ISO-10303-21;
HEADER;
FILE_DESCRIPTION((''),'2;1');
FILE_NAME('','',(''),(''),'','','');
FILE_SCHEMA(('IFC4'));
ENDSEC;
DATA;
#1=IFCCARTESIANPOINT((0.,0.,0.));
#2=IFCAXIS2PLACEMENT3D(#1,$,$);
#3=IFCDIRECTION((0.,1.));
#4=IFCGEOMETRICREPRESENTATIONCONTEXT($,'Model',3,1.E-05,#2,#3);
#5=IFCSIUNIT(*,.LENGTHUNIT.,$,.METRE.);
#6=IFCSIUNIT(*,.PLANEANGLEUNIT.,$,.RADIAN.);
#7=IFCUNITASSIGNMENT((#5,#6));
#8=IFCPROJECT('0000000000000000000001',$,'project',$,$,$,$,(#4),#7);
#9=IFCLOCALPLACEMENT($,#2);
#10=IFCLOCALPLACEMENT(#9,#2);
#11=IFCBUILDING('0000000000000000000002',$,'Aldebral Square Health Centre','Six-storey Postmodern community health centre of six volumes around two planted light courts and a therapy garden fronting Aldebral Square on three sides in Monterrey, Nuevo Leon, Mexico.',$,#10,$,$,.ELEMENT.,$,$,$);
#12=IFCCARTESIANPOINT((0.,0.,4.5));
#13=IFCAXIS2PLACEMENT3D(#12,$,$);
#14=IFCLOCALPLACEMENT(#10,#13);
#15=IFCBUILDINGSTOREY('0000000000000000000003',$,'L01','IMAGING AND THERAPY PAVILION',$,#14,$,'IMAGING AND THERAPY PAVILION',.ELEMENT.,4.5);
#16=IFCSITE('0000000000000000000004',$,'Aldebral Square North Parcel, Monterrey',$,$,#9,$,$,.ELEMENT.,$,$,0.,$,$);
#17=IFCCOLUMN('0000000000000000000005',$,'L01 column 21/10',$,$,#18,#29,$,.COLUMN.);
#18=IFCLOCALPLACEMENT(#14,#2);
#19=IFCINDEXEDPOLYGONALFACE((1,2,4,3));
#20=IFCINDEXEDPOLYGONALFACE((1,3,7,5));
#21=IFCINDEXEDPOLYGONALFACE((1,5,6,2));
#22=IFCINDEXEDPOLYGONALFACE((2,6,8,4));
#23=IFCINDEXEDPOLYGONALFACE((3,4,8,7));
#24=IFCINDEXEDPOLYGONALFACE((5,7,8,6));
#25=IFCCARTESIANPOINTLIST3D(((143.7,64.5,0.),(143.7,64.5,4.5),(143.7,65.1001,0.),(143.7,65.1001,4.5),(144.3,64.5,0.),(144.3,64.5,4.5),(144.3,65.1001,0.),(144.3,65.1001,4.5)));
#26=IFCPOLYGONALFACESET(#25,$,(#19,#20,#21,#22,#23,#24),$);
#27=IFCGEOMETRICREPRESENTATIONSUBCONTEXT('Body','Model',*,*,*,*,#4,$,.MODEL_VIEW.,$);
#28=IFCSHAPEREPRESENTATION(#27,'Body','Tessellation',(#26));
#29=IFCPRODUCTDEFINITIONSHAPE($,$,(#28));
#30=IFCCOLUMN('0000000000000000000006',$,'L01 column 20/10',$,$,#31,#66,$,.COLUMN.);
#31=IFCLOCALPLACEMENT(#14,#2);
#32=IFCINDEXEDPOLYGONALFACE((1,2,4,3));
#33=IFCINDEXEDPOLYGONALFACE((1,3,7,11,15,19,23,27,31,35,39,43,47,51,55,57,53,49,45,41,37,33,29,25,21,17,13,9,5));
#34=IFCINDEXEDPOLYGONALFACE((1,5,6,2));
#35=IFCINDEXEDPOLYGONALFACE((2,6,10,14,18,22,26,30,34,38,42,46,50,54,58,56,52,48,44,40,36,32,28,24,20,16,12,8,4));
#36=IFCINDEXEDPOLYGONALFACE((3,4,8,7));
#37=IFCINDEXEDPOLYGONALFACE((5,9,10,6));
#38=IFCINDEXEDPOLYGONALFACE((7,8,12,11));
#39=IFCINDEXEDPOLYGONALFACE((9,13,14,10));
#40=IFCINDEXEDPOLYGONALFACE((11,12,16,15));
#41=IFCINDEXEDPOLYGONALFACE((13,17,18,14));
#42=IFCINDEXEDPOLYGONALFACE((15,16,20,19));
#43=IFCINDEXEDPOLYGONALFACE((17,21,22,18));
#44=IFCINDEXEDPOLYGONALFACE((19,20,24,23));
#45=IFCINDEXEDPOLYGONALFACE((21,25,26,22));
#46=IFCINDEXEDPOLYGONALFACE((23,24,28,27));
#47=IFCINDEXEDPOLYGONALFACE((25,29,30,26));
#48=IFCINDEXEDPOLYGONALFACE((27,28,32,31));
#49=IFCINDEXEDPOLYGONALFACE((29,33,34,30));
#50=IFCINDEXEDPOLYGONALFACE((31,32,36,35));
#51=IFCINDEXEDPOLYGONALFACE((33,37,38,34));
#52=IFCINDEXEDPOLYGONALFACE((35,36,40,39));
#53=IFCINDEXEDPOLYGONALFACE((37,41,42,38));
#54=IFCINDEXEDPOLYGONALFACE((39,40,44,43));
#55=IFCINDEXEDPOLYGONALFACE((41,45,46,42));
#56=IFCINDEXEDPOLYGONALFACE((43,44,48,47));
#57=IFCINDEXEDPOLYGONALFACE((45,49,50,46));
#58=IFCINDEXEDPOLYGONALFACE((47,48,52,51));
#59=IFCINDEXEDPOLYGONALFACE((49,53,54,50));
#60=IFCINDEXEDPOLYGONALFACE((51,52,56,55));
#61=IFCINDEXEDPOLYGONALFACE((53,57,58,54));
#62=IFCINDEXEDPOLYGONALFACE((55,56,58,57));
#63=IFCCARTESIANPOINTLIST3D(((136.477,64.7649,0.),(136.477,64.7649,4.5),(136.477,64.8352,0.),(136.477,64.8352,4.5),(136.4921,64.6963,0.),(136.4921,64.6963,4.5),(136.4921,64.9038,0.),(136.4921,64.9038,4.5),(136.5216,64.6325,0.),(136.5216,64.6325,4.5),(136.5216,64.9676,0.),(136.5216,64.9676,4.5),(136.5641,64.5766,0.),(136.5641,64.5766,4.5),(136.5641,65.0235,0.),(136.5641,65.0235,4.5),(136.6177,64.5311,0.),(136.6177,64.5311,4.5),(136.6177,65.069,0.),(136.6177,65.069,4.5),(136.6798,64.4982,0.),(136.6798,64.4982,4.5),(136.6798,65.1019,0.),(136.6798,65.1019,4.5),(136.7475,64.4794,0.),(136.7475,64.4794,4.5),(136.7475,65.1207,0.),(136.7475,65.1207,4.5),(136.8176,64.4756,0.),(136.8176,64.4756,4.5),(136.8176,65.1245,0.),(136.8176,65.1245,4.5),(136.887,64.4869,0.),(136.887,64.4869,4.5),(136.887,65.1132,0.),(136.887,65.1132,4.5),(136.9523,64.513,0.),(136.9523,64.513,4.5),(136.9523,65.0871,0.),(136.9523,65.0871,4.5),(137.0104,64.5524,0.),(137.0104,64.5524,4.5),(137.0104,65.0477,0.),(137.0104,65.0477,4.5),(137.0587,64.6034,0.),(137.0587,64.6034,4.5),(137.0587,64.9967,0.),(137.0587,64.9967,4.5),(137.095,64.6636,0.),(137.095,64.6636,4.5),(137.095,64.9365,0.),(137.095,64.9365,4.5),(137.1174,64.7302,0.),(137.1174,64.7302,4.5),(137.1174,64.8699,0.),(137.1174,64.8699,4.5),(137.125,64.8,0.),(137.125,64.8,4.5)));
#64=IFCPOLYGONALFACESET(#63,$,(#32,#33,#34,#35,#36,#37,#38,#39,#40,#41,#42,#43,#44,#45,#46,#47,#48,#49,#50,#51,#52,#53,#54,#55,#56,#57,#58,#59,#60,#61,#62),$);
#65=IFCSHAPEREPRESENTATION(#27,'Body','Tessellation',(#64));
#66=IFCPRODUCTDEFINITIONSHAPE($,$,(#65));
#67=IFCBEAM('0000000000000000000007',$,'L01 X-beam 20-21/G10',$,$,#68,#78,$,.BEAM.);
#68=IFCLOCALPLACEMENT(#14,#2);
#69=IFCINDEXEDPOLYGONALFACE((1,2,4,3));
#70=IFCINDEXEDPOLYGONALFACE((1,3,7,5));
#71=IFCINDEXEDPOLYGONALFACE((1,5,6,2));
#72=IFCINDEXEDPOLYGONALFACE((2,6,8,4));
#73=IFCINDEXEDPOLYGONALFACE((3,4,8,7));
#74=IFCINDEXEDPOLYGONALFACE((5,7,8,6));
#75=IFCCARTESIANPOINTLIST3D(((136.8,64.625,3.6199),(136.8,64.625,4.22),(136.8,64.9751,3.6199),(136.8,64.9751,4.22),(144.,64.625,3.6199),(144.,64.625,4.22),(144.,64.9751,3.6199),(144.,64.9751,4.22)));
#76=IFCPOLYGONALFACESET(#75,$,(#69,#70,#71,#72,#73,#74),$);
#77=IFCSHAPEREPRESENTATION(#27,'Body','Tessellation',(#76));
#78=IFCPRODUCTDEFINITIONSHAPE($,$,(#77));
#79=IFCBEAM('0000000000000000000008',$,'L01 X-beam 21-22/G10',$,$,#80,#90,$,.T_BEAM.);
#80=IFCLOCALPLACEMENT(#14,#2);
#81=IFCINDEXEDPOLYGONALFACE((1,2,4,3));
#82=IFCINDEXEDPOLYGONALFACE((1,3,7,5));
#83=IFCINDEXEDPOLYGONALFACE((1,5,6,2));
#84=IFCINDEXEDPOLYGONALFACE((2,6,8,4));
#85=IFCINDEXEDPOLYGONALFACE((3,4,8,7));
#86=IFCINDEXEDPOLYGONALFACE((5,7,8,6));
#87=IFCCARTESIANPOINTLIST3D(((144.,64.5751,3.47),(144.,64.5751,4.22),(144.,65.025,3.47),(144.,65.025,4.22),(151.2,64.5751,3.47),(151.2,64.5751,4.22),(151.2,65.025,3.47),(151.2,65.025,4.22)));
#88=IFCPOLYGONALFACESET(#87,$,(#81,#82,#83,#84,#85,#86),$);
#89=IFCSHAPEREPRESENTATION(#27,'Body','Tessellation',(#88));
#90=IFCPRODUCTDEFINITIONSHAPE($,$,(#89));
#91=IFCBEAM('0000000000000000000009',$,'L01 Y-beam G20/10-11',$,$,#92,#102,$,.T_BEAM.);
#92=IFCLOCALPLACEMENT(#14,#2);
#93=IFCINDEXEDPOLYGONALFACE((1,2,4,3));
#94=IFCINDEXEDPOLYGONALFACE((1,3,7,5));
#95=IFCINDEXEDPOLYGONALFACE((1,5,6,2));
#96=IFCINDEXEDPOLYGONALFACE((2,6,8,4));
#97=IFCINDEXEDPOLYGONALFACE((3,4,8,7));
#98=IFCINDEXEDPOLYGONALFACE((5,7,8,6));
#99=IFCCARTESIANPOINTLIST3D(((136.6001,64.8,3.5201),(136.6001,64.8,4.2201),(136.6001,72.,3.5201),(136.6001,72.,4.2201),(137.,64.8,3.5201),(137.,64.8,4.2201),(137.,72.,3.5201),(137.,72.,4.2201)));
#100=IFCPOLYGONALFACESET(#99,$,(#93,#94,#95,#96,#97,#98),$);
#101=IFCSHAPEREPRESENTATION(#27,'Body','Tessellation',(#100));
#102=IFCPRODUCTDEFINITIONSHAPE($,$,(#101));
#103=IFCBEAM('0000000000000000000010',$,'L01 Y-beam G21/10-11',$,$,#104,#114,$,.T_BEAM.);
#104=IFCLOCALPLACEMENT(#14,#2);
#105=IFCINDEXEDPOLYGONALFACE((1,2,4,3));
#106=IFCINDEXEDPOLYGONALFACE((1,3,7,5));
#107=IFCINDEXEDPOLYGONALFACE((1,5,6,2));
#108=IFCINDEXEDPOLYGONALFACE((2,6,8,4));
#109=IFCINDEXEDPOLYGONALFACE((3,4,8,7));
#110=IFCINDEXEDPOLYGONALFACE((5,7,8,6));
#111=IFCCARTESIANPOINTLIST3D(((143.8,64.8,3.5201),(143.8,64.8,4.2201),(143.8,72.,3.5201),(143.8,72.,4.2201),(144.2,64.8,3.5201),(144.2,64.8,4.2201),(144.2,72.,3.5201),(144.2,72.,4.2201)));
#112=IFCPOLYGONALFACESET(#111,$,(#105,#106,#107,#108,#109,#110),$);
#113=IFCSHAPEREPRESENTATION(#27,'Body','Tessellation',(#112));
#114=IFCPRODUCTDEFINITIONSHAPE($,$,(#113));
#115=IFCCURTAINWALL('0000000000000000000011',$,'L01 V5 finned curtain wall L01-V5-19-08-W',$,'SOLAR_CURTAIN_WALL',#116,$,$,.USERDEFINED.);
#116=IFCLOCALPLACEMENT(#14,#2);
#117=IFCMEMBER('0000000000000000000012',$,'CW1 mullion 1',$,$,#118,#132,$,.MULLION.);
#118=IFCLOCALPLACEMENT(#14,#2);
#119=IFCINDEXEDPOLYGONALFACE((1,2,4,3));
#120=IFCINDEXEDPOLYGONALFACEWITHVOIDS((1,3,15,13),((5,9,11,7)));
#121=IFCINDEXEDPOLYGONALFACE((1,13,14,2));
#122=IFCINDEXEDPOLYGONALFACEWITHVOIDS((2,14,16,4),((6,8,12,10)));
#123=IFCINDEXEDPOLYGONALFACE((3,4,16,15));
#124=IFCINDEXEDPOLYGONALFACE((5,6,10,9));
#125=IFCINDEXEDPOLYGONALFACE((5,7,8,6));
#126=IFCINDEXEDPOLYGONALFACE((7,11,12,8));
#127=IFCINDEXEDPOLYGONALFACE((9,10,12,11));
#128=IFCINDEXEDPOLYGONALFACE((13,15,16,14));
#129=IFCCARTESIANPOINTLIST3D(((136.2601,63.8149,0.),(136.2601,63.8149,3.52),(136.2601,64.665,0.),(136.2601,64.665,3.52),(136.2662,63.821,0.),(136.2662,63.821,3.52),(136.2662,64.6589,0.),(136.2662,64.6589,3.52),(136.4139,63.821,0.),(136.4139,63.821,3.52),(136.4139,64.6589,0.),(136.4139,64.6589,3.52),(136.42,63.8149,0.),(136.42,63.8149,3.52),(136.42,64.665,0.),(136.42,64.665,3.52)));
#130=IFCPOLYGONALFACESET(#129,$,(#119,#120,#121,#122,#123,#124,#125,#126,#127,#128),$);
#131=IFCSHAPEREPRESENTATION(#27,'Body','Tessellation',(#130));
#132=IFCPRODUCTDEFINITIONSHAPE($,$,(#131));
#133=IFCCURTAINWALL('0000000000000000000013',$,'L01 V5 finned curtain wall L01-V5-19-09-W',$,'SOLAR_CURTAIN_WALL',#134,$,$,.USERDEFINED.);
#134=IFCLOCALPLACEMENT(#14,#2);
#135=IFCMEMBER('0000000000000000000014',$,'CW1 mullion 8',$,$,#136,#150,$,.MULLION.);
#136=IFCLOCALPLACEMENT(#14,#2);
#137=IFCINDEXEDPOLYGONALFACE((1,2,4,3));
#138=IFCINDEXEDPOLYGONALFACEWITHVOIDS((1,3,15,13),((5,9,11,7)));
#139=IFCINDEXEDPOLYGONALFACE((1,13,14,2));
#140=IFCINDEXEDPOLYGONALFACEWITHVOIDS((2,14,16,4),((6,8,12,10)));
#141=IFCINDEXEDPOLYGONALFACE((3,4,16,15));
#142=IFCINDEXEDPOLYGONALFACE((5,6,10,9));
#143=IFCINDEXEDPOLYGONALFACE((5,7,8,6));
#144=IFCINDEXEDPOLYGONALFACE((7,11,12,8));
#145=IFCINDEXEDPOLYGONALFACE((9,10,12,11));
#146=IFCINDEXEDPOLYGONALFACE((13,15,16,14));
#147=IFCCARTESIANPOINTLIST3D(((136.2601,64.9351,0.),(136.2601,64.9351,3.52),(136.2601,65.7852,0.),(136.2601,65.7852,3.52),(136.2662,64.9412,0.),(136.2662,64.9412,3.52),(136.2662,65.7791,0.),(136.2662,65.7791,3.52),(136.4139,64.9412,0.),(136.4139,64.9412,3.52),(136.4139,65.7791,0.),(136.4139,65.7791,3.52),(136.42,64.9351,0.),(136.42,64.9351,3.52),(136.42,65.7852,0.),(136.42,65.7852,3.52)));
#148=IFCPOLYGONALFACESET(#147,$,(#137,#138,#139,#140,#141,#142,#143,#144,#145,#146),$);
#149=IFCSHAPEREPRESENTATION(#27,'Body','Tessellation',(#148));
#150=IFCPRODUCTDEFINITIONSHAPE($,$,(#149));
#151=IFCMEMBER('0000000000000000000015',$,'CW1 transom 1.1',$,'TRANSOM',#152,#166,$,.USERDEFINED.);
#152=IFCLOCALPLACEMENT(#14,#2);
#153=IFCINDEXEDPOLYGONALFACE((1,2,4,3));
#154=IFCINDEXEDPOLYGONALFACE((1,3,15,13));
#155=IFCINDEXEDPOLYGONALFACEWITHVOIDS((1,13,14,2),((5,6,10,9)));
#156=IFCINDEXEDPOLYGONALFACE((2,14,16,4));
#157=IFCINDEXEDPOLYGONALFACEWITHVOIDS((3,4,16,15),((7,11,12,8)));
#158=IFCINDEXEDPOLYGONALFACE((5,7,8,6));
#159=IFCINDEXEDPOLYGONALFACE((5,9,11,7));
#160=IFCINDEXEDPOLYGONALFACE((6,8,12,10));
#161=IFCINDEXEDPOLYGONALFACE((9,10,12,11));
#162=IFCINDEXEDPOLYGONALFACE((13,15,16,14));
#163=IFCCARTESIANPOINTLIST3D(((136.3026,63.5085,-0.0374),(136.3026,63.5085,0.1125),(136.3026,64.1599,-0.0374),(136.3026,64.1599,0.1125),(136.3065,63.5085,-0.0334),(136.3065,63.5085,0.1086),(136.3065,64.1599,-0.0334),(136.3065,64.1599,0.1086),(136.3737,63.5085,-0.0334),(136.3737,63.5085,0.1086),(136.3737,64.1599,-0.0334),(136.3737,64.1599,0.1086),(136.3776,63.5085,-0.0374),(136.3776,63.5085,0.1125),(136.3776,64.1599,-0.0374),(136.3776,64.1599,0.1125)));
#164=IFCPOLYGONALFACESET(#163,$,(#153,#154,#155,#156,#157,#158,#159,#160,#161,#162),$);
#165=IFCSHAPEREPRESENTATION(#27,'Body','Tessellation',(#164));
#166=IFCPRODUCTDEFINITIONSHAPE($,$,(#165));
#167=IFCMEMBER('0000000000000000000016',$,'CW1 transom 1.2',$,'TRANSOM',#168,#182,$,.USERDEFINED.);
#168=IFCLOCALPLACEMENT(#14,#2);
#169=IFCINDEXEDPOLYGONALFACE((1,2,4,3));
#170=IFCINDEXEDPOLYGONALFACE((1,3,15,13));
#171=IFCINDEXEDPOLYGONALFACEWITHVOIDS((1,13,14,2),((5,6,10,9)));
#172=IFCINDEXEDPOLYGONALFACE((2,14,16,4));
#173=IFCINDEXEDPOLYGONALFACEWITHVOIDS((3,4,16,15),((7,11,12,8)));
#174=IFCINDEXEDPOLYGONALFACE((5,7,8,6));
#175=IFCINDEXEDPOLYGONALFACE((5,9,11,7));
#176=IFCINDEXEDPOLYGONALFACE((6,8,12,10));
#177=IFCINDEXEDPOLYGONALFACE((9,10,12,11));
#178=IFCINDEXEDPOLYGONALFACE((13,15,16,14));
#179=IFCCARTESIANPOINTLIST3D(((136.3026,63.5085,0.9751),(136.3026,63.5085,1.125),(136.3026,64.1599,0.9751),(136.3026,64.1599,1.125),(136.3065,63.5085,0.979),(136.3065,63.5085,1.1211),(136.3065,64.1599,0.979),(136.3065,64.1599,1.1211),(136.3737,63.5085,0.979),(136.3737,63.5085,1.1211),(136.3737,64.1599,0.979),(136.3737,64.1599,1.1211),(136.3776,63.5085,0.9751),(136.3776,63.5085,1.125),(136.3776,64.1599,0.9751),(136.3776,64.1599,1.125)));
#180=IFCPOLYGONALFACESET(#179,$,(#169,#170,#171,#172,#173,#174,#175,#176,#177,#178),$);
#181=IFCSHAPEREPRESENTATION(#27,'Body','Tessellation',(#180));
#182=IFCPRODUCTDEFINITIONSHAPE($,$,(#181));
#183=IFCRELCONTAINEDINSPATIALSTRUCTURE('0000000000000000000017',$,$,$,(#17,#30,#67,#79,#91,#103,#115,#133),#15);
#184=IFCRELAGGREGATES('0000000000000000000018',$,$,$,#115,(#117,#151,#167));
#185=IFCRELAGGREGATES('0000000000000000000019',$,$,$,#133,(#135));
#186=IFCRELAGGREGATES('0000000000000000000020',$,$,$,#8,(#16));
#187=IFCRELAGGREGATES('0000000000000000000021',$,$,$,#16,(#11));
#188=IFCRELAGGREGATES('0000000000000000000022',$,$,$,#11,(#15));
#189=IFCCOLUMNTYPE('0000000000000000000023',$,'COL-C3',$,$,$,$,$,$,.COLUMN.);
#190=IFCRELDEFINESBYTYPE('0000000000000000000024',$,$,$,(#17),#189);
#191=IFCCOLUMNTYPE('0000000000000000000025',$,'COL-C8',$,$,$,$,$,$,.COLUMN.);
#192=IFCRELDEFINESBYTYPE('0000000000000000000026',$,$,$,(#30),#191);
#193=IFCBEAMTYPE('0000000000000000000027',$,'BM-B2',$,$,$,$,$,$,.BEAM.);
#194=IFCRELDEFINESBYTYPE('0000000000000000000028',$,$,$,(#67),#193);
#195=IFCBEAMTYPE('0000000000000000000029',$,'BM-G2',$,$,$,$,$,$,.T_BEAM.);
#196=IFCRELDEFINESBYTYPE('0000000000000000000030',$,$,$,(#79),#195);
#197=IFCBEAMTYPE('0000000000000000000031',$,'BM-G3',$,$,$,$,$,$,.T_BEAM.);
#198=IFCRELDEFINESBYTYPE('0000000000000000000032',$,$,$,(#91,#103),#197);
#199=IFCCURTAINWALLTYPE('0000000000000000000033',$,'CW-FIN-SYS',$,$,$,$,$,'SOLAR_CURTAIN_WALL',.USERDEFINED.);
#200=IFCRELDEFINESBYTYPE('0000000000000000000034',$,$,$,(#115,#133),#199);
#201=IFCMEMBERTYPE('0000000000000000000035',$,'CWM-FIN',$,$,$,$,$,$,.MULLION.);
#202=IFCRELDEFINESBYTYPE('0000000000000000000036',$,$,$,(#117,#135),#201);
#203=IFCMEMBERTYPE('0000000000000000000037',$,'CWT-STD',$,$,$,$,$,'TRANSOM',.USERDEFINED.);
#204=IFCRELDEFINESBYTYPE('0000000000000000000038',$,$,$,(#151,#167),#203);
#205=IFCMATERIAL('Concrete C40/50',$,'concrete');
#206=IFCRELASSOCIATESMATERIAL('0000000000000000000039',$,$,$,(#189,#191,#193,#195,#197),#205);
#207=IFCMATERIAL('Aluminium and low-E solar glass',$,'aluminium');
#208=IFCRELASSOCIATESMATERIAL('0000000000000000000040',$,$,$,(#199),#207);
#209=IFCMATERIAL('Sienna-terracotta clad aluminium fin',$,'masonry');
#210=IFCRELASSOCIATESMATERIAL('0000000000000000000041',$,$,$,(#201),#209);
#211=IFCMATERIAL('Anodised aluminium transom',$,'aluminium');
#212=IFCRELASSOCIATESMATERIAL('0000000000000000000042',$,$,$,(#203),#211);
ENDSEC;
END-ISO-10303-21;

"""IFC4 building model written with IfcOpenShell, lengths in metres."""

from ifc_helpers import new_model, si_unit, direction, frame, origin, origin_2d, place, context, subcontext, project, spatial, rectangle, hollow_rectangle, circle, extrude, material, material_profile, profile_set, type_object, element, aggregate, save


model = new_model("IFC4")

# Units and contexts
model_context = context("Model", 3, precision=1e-05, world=origin(), true_north=direction((0.0, 1.0)))
body_context = subcontext(model_context, "Body", "Model", "MODEL_VIEW")
ifc_project = project(units=[si_unit("LENGTHUNIT", "METRE"), si_unit("PLANEANGLEUNIT", "RADIAN")], contexts=[model_context])

# Site, building, storey
site_placement = place(None, origin())
site = spatial("IfcSite", under=ifc_project, at=site_placement, Name="Aldebral Square North Parcel, Monterrey", CompositionType="ELEMENT", RefElevation=0.0)
building_placement = place(site_placement, origin())
building = spatial("IfcBuilding", under=site, at=building_placement, Name="Aldebral Square Health Centre", Description="Six-storey Postmodern community health centre of six volumes around two planted light courts and a therapy garden fronting Aldebral Square on three sides in Monterrey, Nuevo Leon, Mexico.", CompositionType="ELEMENT")
storey_placement = place(building_placement, frame((0.0, 0.0, 4.5)))
storey = spatial("IfcBuildingStorey", under=building, at=storey_placement, Name="L01", Description="IMAGING AND THERAPY PAVILION", LongName="IMAGING AND THERAPY PAVILION", CompositionType="ELEMENT", Elevation=4.5)

# Columns
ifc_material_1 = material(Name="Concrete C40/50", Category="concrete")
ifc_material_profile_1 = material_profile(ifc_material_1, rectangle(XDim=0.6001, YDim=0.6001, at=origin_2d()), Name="RC 600x600")
ifc_profile_set_1 = profile_set([ifc_material_profile_1], Name="Concrete C40/50")
column_type_1 = type_object("IfcColumnType", Name="COL-C3", PredefinedType="COLUMN", material=ifc_profile_set_1)
column_1_placement = place(storey_placement, frame((144.0, 64.8, 0.0), z_axis=(0.0, 0.0, 1.0), x_axis=(1.0, 0.0, 0.0)))
element("IfcColumn", 1, at=column_1_placement, inside=storey, type_object=column_type_1, Name="L01 column 21/10", PredefinedType="COLUMN", context=body_context, shape_type="SweptSolid", body=[
    extrude(rectangle(XDim=0.6001, YDim=0.6001, at=origin_2d()), origin(), (0.0, 0.0, 1.0), 4.5),
])
ifc_material_profile_2 = material_profile(ifc_material_1, circle(Radius=0.325, at=origin_2d()), Name="RC D650")
ifc_profile_set_2 = profile_set([ifc_material_profile_2], Name="Concrete C40/50")
column_type_2 = type_object("IfcColumnType", Name="COL-C8", PredefinedType="COLUMN", material=ifc_profile_set_2)
column_2_placement = place(storey_placement, frame((136.8, 64.8, 0.0), z_axis=(0.0, 0.0, 1.0), x_axis=(1.0, 0.0, 0.0)))
element("IfcColumn", 2, at=column_2_placement, inside=storey, type_object=column_type_2, Name="L01 column 20/10", PredefinedType="COLUMN", context=body_context, shape_type="SweptSolid", body=[
    extrude(circle(Radius=0.325, at=origin_2d()), origin(), (0.0, 0.0, 1.0), 4.5),
])

# Beams
ifc_material_profile_3 = material_profile(ifc_material_1, rectangle(XDim=0.3501, YDim=0.6001, at=origin_2d()), Name="RC 350x600")
ifc_profile_set_3 = profile_set([ifc_material_profile_3], Name="Concrete C40/50")
beam_type_1 = type_object("IfcBeamType", Name="BM-B2", PredefinedType="BEAM", material=ifc_profile_set_3)
beam_1_placement = place(storey_placement, frame((136.8, 64.8, 3.9199), z_axis=(1.0, 0.0, 0.0), x_axis=(0.0, 1.0, 0.0)))
element("IfcBeam", 3, at=beam_1_placement, inside=storey, type_object=beam_type_1, Name="L01 X-beam 20-21/G10", PredefinedType="BEAM", context=body_context, shape_type="SweptSolid", body=[
    extrude(rectangle(XDim=0.3501, YDim=0.6001, at=origin_2d()), origin(), (0.0, 0.0, 1.0), 7.2),
])
ifc_material_profile_4 = material_profile(ifc_material_1, rectangle(XDim=0.45, YDim=0.75, at=origin_2d()), Name="RC 450x750")
ifc_profile_set_4 = profile_set([ifc_material_profile_4], Name="Concrete C40/50")
beam_type_2 = type_object("IfcBeamType", Name="BM-G2", PredefinedType="T_BEAM", material=ifc_profile_set_4)
beam_2_placement = place(storey_placement, frame((144.0, 64.8, 3.845), z_axis=(1.0, 0.0, 0.0), x_axis=(0.0, 1.0, 0.0)))
element("IfcBeam", 4, at=beam_2_placement, inside=storey, type_object=beam_type_2, Name="L01 X-beam 21-22/G10", PredefinedType="T_BEAM", context=body_context, shape_type="SweptSolid", body=[
    extrude(rectangle(XDim=0.45, YDim=0.75, at=origin_2d()), origin(), (0.0, 0.0, 1.0), 7.2),
])
ifc_material_profile_5 = material_profile(ifc_material_1, rectangle(XDim=0.3999, YDim=0.7, at=origin_2d()), Name="RC 400x700")
ifc_profile_set_5 = profile_set([ifc_material_profile_5], Name="Concrete C40/50")
beam_type_3 = type_object("IfcBeamType", Name="BM-G3", PredefinedType="T_BEAM", material=ifc_profile_set_5)
for number, where, z_axis, x_axis, name in (
    (5, (136.8, 64.8, 3.8701), (0.0, 1.0, 0.0), (-1.0, 0.0, 0.0), "L01 Y-beam G20/10-11"),
    (6, (144.0, 64.8, 3.8701), (0.0, 1.0, 0.0), (-1.0, 0.0, 0.0), "L01 Y-beam G21/10-11"),
):
    element("IfcBeam", number, at=place(storey_placement, frame(where, z_axis=z_axis, x_axis=x_axis)), inside=storey, type_object=beam_type_3, Name=name, PredefinedType="T_BEAM", context=body_context, shape_type="SweptSolid", body=[
        extrude(rectangle(XDim=0.3999, YDim=0.7, at=origin_2d()), origin(), (0.0, 0.0, 1.0), 7.2),
    ])

# Curtain walls, members
ifc_material_2 = material(Name="Aluminium and low-E solar glass", Category="aluminium")
curtain_wall_type = type_object("IfcCurtainWallType", Name="CW-FIN-SYS", ElementType="SOLAR_CURTAIN_WALL", PredefinedType="USERDEFINED", material=ifc_material_2)
curtain_wall_1_placement = place(storey_placement, origin())
curtain_wall_1 = element("IfcCurtainWall", 7, at=curtain_wall_1_placement, inside=storey, type_object=curtain_wall_type, Name="L01 V5 finned curtain wall L01-V5-19-08-W", ObjectType="SOLAR_CURTAIN_WALL", PredefinedType="USERDEFINED")
ifc_material_3 = material(Name="Sienna-terracotta clad aluminium fin", Category="masonry")
ifc_material_profile_6 = material_profile(ifc_material_3, hollow_rectangle(XDim=0.1599, YDim=0.8501, WallThickness=0.0061, at=origin_2d()), Name="FIN 160x850x6")
ifc_profile_set_6 = profile_set([ifc_material_profile_6], Name="Sienna-terracotta clad aluminium fin")
member_type_1 = type_object("IfcMemberType", Name="CWM-FIN", PredefinedType="MULLION", material=ifc_profile_set_6)
member_1_placement = place(storey_placement, frame((136.3401, 64.24, 0.0), z_axis=(0.0, 0.0, 1.0), x_axis=(1.0, 0.0, 0.0)))
member_1 = element("IfcMember", 8, at=member_1_placement, type_object=member_type_1, Name="CW1 mullion 1", PredefinedType="MULLION", context=body_context, shape_type="SweptSolid", body=[
    extrude(hollow_rectangle(XDim=0.1599, YDim=0.8501, WallThickness=0.0061, at=origin_2d()), origin(), (0.0, 0.0, 1.0), 3.52),
])
curtain_wall_2_placement = place(storey_placement, origin())
curtain_wall_2 = element("IfcCurtainWall", 9, at=curtain_wall_2_placement, inside=storey, type_object=curtain_wall_type, Name="L01 V5 finned curtain wall L01-V5-19-09-W", ObjectType="SOLAR_CURTAIN_WALL", PredefinedType="USERDEFINED")
member_2_placement = place(storey_placement, frame((136.3401, 65.3601, 0.0), z_axis=(0.0, 0.0, 1.0), x_axis=(1.0, 0.0, 0.0)))
member_2 = element("IfcMember", 10, at=member_2_placement, type_object=member_type_1, Name="CW1 mullion 8", PredefinedType="MULLION", context=body_context, shape_type="SweptSolid", body=[
    extrude(hollow_rectangle(XDim=0.1599, YDim=0.8501, WallThickness=0.0061, at=origin_2d()), origin(), (0.0, 0.0, 1.0), 3.52),
])

# Members
ifc_material_4 = material(Name="Anodised aluminium transom", Category="aluminium")
ifc_material_profile_7 = material_profile(ifc_material_4, hollow_rectangle(XDim=0.075, YDim=0.1499, WallThickness=0.0039, at=origin_2d()), Name="CWT 75x150x4")
ifc_profile_set_7 = profile_set([ifc_material_profile_7], Name="Anodised aluminium transom")
member_type_2 = type_object("IfcMemberType", Name="CWT-STD", ElementType="TRANSOM", PredefinedType="USERDEFINED", material=ifc_profile_set_7)
member_3_placement = place(storey_placement, frame((136.3401, 64.1599, 0.0376), z_axis=(0.0, -1.0, 0.0), x_axis=(1.0, 0.0, 0.0)))
member_3 = element("IfcMember", 11, at=member_3_placement, type_object=member_type_2, Name="CW1 transom 1.1", ObjectType="TRANSOM", PredefinedType="USERDEFINED", context=body_context, shape_type="SweptSolid", body=[
    extrude(hollow_rectangle(XDim=0.075, YDim=0.1499, WallThickness=0.0039, at=origin_2d()), origin(), (0.0, 0.0, 1.0), 0.6514),
])
member_4_placement = place(storey_placement, frame((136.3401, 64.1599, 1.05), z_axis=(0.0, -1.0, 0.0), x_axis=(1.0, 0.0, 0.0)))
member_4 = element("IfcMember", 12, at=member_4_placement, type_object=member_type_2, Name="CW1 transom 1.2", ObjectType="TRANSOM", PredefinedType="USERDEFINED", context=body_context, shape_type="SweptSolid", body=[
    extrude(hollow_rectangle(XDim=0.075, YDim=0.1499, WallThickness=0.0039, at=origin_2d()), origin(), (0.0, 0.0, 1.0), 0.6514),
])
aggregate(curtain_wall_1, [member_1, member_3, member_4])

aggregate(curtain_wall_2, [member_2])

save(model, "model.ifc")
